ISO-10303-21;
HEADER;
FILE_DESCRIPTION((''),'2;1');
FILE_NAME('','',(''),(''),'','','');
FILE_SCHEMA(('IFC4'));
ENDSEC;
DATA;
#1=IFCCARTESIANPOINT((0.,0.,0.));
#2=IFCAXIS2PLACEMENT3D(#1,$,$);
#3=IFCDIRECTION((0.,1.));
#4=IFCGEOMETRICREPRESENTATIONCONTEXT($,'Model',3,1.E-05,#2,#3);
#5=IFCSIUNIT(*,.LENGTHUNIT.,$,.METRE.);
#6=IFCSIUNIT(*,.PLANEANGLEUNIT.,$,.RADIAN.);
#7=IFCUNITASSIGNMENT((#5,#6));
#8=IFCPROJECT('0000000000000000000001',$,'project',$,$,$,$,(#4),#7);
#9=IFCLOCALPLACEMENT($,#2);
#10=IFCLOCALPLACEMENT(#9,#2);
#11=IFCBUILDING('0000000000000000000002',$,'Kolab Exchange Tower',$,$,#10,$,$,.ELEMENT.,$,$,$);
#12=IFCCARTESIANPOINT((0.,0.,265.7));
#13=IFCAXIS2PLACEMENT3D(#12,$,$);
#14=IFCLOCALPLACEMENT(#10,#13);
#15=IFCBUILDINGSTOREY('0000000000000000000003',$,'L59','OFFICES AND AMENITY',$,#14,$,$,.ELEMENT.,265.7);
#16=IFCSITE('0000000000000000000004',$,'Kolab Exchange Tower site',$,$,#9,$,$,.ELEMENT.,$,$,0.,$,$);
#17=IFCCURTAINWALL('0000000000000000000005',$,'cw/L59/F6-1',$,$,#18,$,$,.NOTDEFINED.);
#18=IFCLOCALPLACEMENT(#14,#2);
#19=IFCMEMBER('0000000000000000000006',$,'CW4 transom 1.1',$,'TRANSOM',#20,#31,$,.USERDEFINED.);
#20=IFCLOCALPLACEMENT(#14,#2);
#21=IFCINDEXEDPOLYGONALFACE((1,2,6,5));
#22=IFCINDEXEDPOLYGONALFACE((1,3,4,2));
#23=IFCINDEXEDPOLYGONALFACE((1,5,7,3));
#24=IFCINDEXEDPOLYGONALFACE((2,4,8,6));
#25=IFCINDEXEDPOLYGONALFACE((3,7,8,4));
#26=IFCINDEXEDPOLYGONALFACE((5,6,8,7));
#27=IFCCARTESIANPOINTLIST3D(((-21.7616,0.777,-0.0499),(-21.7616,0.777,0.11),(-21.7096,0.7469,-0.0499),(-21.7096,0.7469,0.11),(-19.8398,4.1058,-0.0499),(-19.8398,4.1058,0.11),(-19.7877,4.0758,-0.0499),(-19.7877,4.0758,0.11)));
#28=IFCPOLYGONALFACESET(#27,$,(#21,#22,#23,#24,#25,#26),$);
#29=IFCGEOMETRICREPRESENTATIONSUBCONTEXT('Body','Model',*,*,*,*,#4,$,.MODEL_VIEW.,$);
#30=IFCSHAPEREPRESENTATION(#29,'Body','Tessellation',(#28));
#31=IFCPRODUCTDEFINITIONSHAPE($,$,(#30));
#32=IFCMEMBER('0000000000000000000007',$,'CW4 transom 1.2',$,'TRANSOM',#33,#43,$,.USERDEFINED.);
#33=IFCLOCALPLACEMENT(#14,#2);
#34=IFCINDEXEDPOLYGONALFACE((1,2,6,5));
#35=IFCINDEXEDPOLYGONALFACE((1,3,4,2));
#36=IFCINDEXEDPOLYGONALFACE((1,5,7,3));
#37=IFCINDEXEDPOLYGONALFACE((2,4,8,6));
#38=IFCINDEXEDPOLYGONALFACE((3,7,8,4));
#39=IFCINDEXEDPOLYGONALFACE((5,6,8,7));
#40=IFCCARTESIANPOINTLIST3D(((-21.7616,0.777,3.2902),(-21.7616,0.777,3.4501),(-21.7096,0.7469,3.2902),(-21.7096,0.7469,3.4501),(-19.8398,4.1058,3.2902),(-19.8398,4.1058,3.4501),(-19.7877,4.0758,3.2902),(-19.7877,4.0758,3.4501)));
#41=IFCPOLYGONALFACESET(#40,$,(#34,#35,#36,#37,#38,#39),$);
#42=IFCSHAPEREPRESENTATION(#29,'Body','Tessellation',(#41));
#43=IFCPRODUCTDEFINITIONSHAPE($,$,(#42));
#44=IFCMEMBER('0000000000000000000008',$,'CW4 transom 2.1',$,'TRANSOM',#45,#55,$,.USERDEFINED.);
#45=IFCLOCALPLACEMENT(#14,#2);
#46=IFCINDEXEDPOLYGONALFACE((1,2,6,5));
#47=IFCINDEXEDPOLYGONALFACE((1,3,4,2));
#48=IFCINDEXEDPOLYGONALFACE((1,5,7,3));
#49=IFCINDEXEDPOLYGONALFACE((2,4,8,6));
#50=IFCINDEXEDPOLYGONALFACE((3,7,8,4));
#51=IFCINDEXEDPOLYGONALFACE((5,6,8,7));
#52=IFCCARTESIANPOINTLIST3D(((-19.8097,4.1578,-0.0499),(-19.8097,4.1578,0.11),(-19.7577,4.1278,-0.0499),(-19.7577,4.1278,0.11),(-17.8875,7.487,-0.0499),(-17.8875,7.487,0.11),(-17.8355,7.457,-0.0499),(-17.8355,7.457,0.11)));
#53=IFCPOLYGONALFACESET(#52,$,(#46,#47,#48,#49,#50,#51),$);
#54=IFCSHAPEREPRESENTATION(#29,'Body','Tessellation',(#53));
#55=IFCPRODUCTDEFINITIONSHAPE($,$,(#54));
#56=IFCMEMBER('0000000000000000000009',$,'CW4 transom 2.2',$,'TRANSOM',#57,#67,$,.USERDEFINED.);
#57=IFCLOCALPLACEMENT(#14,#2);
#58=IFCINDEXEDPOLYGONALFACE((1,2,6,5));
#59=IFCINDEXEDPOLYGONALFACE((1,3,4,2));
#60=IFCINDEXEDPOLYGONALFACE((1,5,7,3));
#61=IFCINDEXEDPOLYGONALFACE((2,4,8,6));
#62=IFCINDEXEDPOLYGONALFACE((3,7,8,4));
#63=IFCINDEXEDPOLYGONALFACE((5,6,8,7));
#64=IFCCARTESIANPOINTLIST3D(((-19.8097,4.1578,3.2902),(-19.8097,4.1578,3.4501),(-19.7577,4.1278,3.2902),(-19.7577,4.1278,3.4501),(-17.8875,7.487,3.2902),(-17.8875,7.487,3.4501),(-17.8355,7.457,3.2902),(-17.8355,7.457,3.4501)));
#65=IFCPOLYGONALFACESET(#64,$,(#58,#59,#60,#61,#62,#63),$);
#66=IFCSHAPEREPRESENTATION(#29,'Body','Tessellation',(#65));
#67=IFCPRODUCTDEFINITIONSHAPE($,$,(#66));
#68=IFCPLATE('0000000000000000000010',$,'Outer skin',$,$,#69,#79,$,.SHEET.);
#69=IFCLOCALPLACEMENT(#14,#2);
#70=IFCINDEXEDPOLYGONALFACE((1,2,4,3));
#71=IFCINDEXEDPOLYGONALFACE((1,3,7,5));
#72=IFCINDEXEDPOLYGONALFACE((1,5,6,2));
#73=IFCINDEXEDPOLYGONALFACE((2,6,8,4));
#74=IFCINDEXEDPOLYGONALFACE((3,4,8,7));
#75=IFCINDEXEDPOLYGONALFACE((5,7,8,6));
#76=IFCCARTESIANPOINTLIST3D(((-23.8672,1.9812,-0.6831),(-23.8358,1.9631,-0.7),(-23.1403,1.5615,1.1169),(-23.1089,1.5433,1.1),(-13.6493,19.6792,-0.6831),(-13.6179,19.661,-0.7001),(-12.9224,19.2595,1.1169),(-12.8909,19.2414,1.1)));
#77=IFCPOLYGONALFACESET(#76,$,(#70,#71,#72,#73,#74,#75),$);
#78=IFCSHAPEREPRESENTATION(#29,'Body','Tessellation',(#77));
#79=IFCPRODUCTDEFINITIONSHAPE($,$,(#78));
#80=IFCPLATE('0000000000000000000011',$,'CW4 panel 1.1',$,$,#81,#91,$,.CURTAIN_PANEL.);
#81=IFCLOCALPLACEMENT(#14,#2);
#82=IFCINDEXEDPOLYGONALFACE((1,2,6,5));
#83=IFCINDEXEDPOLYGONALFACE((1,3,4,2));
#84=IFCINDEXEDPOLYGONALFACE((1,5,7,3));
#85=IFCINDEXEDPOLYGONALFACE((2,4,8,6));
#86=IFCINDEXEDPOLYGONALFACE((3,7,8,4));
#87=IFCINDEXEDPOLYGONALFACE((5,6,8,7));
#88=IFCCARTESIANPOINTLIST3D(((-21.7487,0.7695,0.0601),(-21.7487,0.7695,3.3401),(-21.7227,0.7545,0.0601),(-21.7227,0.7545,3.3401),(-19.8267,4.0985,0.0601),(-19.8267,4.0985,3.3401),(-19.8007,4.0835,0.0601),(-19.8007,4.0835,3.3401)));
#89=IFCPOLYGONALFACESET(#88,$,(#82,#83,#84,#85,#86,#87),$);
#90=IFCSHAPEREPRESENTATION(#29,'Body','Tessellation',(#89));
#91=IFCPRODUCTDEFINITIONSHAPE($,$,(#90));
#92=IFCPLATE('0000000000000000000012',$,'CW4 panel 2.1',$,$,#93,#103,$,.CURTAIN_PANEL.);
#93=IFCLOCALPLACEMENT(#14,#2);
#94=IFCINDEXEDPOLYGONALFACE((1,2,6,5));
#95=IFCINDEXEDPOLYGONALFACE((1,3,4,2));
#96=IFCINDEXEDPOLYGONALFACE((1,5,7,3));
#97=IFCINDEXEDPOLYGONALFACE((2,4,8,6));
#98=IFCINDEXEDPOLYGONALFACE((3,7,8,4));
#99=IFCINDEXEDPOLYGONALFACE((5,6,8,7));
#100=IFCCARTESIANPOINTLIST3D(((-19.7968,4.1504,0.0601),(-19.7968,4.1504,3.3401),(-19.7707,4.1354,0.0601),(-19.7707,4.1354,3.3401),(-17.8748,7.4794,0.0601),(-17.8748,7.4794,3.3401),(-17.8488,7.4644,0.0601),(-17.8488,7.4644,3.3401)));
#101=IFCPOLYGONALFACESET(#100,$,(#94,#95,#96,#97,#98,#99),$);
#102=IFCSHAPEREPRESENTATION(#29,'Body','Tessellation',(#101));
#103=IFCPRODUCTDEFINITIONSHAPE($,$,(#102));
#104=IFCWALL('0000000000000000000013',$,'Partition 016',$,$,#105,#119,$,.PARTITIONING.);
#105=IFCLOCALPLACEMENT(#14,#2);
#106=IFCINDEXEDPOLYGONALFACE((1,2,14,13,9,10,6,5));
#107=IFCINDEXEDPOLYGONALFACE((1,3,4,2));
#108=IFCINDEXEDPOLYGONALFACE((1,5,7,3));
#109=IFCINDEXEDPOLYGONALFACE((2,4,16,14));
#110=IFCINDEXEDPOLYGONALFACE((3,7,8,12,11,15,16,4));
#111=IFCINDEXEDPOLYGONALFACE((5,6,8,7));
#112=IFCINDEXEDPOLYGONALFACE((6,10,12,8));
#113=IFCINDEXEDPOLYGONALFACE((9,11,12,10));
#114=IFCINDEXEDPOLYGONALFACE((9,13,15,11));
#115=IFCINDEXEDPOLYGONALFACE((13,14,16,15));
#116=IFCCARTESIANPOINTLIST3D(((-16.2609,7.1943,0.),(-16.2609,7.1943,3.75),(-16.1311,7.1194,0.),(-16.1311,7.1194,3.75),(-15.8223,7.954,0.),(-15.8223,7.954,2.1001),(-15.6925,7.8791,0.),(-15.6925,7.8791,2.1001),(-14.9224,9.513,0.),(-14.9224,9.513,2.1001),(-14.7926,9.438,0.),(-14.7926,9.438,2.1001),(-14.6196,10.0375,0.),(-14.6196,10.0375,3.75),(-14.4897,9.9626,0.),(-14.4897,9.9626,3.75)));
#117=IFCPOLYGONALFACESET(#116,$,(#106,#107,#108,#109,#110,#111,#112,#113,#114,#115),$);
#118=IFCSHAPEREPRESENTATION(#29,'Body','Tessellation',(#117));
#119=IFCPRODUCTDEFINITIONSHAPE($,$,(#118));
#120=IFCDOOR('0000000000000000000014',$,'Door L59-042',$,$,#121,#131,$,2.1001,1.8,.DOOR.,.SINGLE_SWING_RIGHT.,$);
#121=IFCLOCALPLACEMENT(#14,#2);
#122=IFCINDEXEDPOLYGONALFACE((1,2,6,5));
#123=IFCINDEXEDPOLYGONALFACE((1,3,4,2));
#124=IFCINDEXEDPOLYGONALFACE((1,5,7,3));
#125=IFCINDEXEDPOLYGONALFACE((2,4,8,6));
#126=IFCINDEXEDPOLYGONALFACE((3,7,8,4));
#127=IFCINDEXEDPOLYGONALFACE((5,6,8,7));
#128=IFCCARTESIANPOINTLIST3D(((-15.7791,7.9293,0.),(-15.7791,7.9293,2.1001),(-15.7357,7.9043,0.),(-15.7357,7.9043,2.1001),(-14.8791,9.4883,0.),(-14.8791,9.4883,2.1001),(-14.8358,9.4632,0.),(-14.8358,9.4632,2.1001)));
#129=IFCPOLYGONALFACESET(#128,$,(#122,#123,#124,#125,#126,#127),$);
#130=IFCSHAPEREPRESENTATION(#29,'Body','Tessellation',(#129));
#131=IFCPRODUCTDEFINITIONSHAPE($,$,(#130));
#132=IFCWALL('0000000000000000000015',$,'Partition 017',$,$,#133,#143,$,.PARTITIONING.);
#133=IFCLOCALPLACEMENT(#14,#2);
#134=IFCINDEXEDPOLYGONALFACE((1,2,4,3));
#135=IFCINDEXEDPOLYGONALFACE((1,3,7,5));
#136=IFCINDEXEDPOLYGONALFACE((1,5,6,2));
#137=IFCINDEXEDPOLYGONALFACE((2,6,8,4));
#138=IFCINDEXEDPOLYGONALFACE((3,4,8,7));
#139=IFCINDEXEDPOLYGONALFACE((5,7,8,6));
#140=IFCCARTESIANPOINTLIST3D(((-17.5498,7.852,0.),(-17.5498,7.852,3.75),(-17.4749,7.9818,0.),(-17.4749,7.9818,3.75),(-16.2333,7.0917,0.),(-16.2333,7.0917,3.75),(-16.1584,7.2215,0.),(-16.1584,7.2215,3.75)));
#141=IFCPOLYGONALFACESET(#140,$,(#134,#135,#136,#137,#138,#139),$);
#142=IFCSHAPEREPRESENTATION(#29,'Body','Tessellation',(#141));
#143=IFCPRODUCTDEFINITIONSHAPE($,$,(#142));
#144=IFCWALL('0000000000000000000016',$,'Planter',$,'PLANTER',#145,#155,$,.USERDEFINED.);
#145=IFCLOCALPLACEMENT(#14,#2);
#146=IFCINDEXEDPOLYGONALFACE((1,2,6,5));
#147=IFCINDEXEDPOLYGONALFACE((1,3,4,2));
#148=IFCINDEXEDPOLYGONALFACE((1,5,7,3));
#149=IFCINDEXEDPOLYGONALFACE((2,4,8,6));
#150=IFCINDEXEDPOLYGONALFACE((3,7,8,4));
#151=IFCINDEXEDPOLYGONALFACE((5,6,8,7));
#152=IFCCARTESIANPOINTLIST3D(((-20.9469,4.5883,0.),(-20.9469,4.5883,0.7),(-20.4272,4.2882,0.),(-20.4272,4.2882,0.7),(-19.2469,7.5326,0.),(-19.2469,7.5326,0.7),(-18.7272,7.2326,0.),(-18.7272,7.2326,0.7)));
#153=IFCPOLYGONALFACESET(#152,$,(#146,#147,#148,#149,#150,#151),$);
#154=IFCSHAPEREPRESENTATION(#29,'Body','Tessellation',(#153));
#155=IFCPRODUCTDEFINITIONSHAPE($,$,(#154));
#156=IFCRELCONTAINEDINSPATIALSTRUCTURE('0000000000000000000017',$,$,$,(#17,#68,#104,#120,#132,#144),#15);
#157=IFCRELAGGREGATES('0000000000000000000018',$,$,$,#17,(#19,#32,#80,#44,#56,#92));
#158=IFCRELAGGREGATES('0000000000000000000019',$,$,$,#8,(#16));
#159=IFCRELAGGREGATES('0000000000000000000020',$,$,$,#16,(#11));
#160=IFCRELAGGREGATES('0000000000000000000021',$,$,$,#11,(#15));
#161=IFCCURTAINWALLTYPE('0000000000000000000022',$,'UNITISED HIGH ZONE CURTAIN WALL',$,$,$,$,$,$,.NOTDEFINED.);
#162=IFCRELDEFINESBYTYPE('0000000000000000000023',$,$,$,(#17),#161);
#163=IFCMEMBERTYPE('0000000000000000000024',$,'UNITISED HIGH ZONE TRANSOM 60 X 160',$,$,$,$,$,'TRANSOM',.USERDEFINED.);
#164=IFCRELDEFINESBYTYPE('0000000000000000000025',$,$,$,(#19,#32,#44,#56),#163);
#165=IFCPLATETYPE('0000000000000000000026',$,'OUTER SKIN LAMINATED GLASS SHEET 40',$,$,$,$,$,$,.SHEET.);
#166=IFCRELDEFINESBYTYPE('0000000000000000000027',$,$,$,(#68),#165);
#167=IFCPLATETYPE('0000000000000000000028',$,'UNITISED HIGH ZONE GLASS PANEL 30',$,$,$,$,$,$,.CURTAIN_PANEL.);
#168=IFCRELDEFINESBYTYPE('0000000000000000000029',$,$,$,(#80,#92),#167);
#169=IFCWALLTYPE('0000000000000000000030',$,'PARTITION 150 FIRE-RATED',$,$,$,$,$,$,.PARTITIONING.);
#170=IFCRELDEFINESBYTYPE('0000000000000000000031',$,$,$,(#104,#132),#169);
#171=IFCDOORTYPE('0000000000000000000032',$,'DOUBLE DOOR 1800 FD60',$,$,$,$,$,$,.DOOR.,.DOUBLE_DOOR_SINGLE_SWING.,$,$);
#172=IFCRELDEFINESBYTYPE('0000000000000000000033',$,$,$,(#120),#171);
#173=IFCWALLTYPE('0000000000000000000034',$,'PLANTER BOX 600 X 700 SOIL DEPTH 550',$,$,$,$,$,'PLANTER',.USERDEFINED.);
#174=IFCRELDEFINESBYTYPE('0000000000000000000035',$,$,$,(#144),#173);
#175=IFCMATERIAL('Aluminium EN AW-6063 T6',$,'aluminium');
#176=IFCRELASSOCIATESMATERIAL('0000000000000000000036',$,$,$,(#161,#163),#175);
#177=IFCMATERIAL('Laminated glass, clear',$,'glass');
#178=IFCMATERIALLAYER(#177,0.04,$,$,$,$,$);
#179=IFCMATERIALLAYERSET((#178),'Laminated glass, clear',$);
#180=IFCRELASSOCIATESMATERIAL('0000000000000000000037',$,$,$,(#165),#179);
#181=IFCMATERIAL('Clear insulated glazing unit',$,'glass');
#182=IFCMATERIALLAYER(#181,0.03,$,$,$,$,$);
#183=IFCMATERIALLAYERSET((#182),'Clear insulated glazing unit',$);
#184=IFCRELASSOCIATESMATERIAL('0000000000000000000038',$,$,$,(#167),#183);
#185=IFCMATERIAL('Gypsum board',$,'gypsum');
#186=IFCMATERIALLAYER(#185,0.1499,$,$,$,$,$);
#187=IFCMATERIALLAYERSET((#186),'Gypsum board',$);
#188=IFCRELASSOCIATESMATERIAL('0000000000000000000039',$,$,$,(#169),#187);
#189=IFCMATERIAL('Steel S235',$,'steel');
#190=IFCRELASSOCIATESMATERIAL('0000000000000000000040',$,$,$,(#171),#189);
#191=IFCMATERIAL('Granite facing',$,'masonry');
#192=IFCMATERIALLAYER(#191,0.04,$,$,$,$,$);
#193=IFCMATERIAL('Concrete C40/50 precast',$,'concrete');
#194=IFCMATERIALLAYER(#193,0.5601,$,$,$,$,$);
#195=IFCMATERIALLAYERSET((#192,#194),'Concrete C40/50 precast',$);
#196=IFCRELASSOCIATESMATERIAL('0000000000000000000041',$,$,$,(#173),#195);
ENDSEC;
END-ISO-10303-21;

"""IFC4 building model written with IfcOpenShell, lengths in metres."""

from ifc_helpers import new_model, si_unit, direction, frame, frame_2d, origin, origin_2d, place, context, subcontext, project, spatial, polyline, rectangle, outline, extrude, material, layer, layer_set, material_profile, profile_set, type_object, element, fill, aggregate, save


model = new_model("IFC4")

# Units and contexts
model_context = context("Model", 3, precision=1e-05, world=origin(), true_north=direction((0.0, 1.0)))
body_context = subcontext(model_context, "Body", "Model", "MODEL_VIEW")
ifc_project = project(units=[si_unit("LENGTHUNIT", "METRE"), si_unit("PLANEANGLEUNIT", "RADIAN")], contexts=[model_context])

# Site, building, storey
site_placement = place(None, origin())
site = spatial("IfcSite", under=ifc_project, at=site_placement, Name="Kolab Exchange Tower site", CompositionType="ELEMENT", RefElevation=0.0)
building_placement = place(site_placement, origin())
building = spatial("IfcBuilding", under=site, at=building_placement, Name="Kolab Exchange Tower", CompositionType="ELEMENT")
storey_placement = place(building_placement, frame((0.0, 0.0, 265.7)))
storey = spatial("IfcBuildingStorey", under=building, at=storey_placement, Name="L59", Description="OFFICES AND AMENITY", CompositionType="ELEMENT", Elevation=265.7)

# Curtain wall
ifc_material_1 = material(Name="Aluminium EN AW-6063 T6", Category="aluminium")
curtain_wall_type = type_object("IfcCurtainWallType", Name="UNITISED HIGH ZONE CURTAIN WALL", PredefinedType="NOTDEFINED", material=ifc_material_1)
curtain_wall_1_placement = place(storey_placement, origin())
curtain_wall_1 = element("IfcCurtainWall", 1, at=curtain_wall_1_placement, inside=storey, type_object=curtain_wall_type, Name="cw/L59/F6-1", PredefinedType="NOTDEFINED")

# Members
ifc_material_profile_1 = material_profile(ifc_material_1, rectangle(XDim=0.0601, YDim=0.1599, at=origin_2d()), Name="RECT 60X160")
ifc_profile_set_1 = profile_set([ifc_material_profile_1], Name="Aluminium EN AW-6063 T6")
member_type_1 = type_object("IfcMemberType", Name="UNITISED HIGH ZONE TRANSOM 60 X 160", ElementType="TRANSOM", PredefinedType="USERDEFINED", material=ifc_profile_set_1)
member_1_placement = place(storey_placement, frame((-21.7356, 0.762, 0.03), z_axis=(0.499992, 0.86603, 0.0), x_axis=(-0.86603, 0.499992, 0.0)))
member_1 = element("IfcMember", 2, at=member_1_placement, type_object=member_type_1, Name="CW4 transom 1.1", ObjectType="TRANSOM", PredefinedType="USERDEFINED", context=body_context, shape_type="SweptSolid", body=[
    extrude(rectangle(XDim=0.0601, YDim=0.1599, at=origin_2d()), origin(), (0.0, 0.0, 1.0), 3.8438),
])
member_2_placement = place(storey_placement, frame((-21.7356, 0.762, 3.3701), z_axis=(0.499992, 0.86603, 0.0), x_axis=(-0.86603, 0.499992, 0.0)))
member_2 = element("IfcMember", 3, at=member_2_placement, type_object=member_type_1, Name="CW4 transom 1.2", ObjectType="TRANSOM", PredefinedType="USERDEFINED", context=body_context, shape_type="SweptSolid", body=[
    extrude(rectangle(XDim=0.0601, YDim=0.1599, at=origin_2d()), origin(), (0.0, 0.0, 1.0), 3.8438),
])
member_3_placement = place(storey_placement, frame((-19.7837, 4.1428, 0.03), z_axis=(0.500012, 0.866018, 0.0), x_axis=(-0.866018, 0.500012, 0.0)))
member_3 = element("IfcMember", 4, at=member_3_placement, type_object=member_type_1, Name="CW4 transom 2.1", ObjectType="TRANSOM", PredefinedType="USERDEFINED", context=body_context, shape_type="SweptSolid", body=[
    extrude(rectangle(XDim=0.0601, YDim=0.1599, at=origin_2d()), origin(), (0.0, 0.0, 1.0), 3.8442),
])
member_4_placement = place(storey_placement, frame((-19.7837, 4.1428, 3.3701), z_axis=(0.500012, 0.866018, 0.0), x_axis=(-0.866018, 0.500012, 0.0)))
member_4 = element("IfcMember", 5, at=member_4_placement, type_object=member_type_1, Name="CW4 transom 2.2", ObjectType="TRANSOM", PredefinedType="USERDEFINED", context=body_context, shape_type="SweptSolid", body=[
    extrude(rectangle(XDim=0.0601, YDim=0.1599, at=origin_2d()), origin(), (0.0, 0.0, 1.0), 3.8442),
])

# Plates
ifc_material_2 = material(Name="Laminated glass, clear", Category="glass")
ifc_layer_1 = layer(ifc_material_2, 0.04)
ifc_layer_set_1 = layer_set([ifc_layer_1], Name="Laminated glass, clear")
plate_type_1 = type_object("IfcPlateType", Name="OUTER SKIN LAMINATED GLASS SHEET 40", PredefinedType="SHEET", material=ifc_layer_set_1)
plate_1_placement = place(storey_placement, frame((-23.8672, 1.9812, -0.6831), z_axis=(-0.784886, 0.453152, 0.422619), x_axis=(0.499997, 0.866027, -0.000002)))
element("IfcPlate", 6, at=plate_1_placement, inside=storey, type_object=plate_type_1, Name="Outer skin", PredefinedType="SHEET", context=body_context, shape_type="SweptSolid", body=[
    extrude(outline(polyline([(0.0, 0.0), (20.4358, 0.0), (20.4359, -1.9862), (-0.0001, -1.9861), (0.0, 0.0)])), origin(), (0.0, 0.0, -1.0), 0.04),
])
ifc_material_3 = material(Name="Clear insulated glazing unit", Category="glass")
ifc_layer_2 = layer(ifc_material_3, 0.03)
ifc_layer_set_2 = layer_set([ifc_layer_2], Name="Clear insulated glazing unit")
plate_type_2 = type_object("IfcPlateType", Name="UNITISED HIGH ZONE GLASS PANEL 30", PredefinedType="CURTAIN_PANEL", material=ifc_layer_set_2)
plate_2_placement = place(storey_placement, frame((-20.7747, 2.4265, 0.0601), z_axis=(0.0, 0.0, 1.0), x_axis=(0.5, 0.866025, 0.0)))
plate_2 = element("IfcPlate", 7, at=plate_2_placement, type_object=plate_type_2, Name="CW4 panel 1.1", PredefinedType="CURTAIN_PANEL", context=body_context, shape_type="SweptSolid", body=[
    extrude(rectangle(XDim=3.844, YDim=0.03, at=origin_2d()), origin(), (0.0, 0.0, 1.0), 3.28),
])
plate_3_placement = place(storey_placement, frame((-18.8228, 5.8074, 0.0601), z_axis=(0.0, 0.0, 1.0), x_axis=(0.5, 0.866025, 0.0)))
plate_3 = element("IfcPlate", 8, at=plate_3_placement, type_object=plate_type_2, Name="CW4 panel 2.1", PredefinedType="CURTAIN_PANEL", context=body_context, shape_type="SweptSolid", body=[
    extrude(rectangle(XDim=3.844, YDim=0.03, at=origin_2d()), origin(), (0.0, 0.0, 1.0), 3.28),
])
aggregate(curtain_wall_1, [member_1, member_2, plate_2, member_3, member_4, plate_3])

# Wall, opening, door
ifc_material_4 = material(Name="Gypsum board", Category="gypsum")
ifc_layer_3 = layer(ifc_material_4, 0.1499)
ifc_layer_set_3 = layer_set([ifc_layer_3], Name="Gypsum board")
wall_type_1 = type_object("IfcWallType", Name="PARTITION 150 FIRE-RATED", PredefinedType="PARTITIONING", material=ifc_layer_set_3)
wall_1_placement = place(storey_placement, frame((-16.196, 7.1567, 0.0), z_axis=(0.0, 0.0, 1.0), x_axis=(0.499954, 0.866052, 0.0)))
wall_1 = element("IfcWall", 9, at=wall_1_placement, inside=storey, type_object=wall_type_1, Name="Partition 016", PredefinedType="PARTITIONING", context=body_context, shape_type="SweptSolid", body=[
    extrude(rectangle(XDim=3.283, YDim=0.1499, at=frame_2d((1.6416, 0.0))), origin(), (0.0, 0.0, 1.0), 3.75),
])
opening_1_placement = place(wall_1_placement, frame((0.8774, 0.0, 0.0)))
opening_1 = element("IfcOpeningElement", 10, at=opening_1_placement, cuts=wall_1, PredefinedType="OPENING", context=body_context, shape_type="SweptSolid", body=[
    extrude(rectangle(XDim=1.8, YDim=2.1001, at=frame_2d((0.8999, 1.05))), frame((0.0, 0.085, 0.0), z_axis=(0.0, -1.0, 0.0), x_axis=(1.0, 0.0, 0.0)), (0.0, 0.0, 1.0), 0.1699),
])
ifc_material_5 = material(Name="Steel S235", Category="steel")
door_type_1 = type_object("IfcDoorType", Name="DOUBLE DOOR 1800 FD60", OperationType="DOUBLE_DOOR_SINGLE_SWING", PredefinedType="DOOR", material=ifc_material_5)
door_1_placement = place(opening_1_placement, frame((1.8, 0.0, 0.0), z_axis=(0.0, 0.0, 1.0), x_axis=(-1.0, 0.0, 0.0)))
door_1 = element("IfcDoor", 11, at=door_1_placement, inside=storey, type_object=door_type_1, Name="Door L59-042", OperationType="SINGLE_SWING_RIGHT", OverallHeight=2.1001, OverallWidth=1.8, PredefinedType="DOOR", context=body_context, shape_type="SweptSolid", body=[
    extrude(rectangle(XDim=1.8, YDim=2.1001, at=frame_2d((0.8999, 1.05))), frame((0.0, 0.0249, 0.0), z_axis=(0.0, -1.0, 0.0), x_axis=(1.0, 0.0, 0.0)), (0.0, 0.0, 1.0), 0.05),
])
fill(opening_1, door_1)

# Walls
wall_2_placement = place(storey_placement, frame((-17.5125, 7.917, 0.0), z_axis=(0.0, 0.0, 1.0), x_axis=(0.865961, -0.500112, 0.0)))
element("IfcWall", 12, at=wall_2_placement, inside=storey, type_object=wall_type_1, Name="Partition 017", PredefinedType="PARTITIONING", context=body_context, shape_type="SweptSolid", body=[
    extrude(rectangle(XDim=1.5203, YDim=0.1499, at=frame_2d((0.7603, 0.0))), origin(), (0.0, 0.0, 1.0), 3.75),
])
ifc_material_6 = material(Name="Granite facing", Category="masonry")
ifc_layer_4 = layer(ifc_material_6, 0.04)
ifc_material_7 = material(Name="Concrete C40/50 precast", Category="concrete")
ifc_layer_5 = layer(ifc_material_7, 0.5601)
ifc_layer_set_4 = layer_set([ifc_layer_4, ifc_layer_5], Name="Concrete C40/50 precast")
wall_type_2 = type_object("IfcWallType", Name="PLANTER BOX 600 X 700 SOIL DEPTH 550", ElementType="PLANTER", PredefinedType="USERDEFINED", material=ifc_layer_set_4)
wall_3_placement = place(storey_placement, frame((-20.687, 4.4382, 0.0), z_axis=(0.0, 0.0, 1.0), x_axis=(0.500008, 0.866021, 0.0)))
element("IfcWall", 13, at=wall_3_placement, inside=storey, type_object=wall_type_2, Name="Planter", ObjectType="PLANTER", PredefinedType="USERDEFINED", context=body_context, shape_type="SweptSolid", body=[
    extrude(rectangle(XDim=3.3999, YDim=0.6001, at=frame_2d((1.7, 0.0))), origin(), (0.0, 0.0, 1.0), 0.7),
])

save(model, "model.ifc")
